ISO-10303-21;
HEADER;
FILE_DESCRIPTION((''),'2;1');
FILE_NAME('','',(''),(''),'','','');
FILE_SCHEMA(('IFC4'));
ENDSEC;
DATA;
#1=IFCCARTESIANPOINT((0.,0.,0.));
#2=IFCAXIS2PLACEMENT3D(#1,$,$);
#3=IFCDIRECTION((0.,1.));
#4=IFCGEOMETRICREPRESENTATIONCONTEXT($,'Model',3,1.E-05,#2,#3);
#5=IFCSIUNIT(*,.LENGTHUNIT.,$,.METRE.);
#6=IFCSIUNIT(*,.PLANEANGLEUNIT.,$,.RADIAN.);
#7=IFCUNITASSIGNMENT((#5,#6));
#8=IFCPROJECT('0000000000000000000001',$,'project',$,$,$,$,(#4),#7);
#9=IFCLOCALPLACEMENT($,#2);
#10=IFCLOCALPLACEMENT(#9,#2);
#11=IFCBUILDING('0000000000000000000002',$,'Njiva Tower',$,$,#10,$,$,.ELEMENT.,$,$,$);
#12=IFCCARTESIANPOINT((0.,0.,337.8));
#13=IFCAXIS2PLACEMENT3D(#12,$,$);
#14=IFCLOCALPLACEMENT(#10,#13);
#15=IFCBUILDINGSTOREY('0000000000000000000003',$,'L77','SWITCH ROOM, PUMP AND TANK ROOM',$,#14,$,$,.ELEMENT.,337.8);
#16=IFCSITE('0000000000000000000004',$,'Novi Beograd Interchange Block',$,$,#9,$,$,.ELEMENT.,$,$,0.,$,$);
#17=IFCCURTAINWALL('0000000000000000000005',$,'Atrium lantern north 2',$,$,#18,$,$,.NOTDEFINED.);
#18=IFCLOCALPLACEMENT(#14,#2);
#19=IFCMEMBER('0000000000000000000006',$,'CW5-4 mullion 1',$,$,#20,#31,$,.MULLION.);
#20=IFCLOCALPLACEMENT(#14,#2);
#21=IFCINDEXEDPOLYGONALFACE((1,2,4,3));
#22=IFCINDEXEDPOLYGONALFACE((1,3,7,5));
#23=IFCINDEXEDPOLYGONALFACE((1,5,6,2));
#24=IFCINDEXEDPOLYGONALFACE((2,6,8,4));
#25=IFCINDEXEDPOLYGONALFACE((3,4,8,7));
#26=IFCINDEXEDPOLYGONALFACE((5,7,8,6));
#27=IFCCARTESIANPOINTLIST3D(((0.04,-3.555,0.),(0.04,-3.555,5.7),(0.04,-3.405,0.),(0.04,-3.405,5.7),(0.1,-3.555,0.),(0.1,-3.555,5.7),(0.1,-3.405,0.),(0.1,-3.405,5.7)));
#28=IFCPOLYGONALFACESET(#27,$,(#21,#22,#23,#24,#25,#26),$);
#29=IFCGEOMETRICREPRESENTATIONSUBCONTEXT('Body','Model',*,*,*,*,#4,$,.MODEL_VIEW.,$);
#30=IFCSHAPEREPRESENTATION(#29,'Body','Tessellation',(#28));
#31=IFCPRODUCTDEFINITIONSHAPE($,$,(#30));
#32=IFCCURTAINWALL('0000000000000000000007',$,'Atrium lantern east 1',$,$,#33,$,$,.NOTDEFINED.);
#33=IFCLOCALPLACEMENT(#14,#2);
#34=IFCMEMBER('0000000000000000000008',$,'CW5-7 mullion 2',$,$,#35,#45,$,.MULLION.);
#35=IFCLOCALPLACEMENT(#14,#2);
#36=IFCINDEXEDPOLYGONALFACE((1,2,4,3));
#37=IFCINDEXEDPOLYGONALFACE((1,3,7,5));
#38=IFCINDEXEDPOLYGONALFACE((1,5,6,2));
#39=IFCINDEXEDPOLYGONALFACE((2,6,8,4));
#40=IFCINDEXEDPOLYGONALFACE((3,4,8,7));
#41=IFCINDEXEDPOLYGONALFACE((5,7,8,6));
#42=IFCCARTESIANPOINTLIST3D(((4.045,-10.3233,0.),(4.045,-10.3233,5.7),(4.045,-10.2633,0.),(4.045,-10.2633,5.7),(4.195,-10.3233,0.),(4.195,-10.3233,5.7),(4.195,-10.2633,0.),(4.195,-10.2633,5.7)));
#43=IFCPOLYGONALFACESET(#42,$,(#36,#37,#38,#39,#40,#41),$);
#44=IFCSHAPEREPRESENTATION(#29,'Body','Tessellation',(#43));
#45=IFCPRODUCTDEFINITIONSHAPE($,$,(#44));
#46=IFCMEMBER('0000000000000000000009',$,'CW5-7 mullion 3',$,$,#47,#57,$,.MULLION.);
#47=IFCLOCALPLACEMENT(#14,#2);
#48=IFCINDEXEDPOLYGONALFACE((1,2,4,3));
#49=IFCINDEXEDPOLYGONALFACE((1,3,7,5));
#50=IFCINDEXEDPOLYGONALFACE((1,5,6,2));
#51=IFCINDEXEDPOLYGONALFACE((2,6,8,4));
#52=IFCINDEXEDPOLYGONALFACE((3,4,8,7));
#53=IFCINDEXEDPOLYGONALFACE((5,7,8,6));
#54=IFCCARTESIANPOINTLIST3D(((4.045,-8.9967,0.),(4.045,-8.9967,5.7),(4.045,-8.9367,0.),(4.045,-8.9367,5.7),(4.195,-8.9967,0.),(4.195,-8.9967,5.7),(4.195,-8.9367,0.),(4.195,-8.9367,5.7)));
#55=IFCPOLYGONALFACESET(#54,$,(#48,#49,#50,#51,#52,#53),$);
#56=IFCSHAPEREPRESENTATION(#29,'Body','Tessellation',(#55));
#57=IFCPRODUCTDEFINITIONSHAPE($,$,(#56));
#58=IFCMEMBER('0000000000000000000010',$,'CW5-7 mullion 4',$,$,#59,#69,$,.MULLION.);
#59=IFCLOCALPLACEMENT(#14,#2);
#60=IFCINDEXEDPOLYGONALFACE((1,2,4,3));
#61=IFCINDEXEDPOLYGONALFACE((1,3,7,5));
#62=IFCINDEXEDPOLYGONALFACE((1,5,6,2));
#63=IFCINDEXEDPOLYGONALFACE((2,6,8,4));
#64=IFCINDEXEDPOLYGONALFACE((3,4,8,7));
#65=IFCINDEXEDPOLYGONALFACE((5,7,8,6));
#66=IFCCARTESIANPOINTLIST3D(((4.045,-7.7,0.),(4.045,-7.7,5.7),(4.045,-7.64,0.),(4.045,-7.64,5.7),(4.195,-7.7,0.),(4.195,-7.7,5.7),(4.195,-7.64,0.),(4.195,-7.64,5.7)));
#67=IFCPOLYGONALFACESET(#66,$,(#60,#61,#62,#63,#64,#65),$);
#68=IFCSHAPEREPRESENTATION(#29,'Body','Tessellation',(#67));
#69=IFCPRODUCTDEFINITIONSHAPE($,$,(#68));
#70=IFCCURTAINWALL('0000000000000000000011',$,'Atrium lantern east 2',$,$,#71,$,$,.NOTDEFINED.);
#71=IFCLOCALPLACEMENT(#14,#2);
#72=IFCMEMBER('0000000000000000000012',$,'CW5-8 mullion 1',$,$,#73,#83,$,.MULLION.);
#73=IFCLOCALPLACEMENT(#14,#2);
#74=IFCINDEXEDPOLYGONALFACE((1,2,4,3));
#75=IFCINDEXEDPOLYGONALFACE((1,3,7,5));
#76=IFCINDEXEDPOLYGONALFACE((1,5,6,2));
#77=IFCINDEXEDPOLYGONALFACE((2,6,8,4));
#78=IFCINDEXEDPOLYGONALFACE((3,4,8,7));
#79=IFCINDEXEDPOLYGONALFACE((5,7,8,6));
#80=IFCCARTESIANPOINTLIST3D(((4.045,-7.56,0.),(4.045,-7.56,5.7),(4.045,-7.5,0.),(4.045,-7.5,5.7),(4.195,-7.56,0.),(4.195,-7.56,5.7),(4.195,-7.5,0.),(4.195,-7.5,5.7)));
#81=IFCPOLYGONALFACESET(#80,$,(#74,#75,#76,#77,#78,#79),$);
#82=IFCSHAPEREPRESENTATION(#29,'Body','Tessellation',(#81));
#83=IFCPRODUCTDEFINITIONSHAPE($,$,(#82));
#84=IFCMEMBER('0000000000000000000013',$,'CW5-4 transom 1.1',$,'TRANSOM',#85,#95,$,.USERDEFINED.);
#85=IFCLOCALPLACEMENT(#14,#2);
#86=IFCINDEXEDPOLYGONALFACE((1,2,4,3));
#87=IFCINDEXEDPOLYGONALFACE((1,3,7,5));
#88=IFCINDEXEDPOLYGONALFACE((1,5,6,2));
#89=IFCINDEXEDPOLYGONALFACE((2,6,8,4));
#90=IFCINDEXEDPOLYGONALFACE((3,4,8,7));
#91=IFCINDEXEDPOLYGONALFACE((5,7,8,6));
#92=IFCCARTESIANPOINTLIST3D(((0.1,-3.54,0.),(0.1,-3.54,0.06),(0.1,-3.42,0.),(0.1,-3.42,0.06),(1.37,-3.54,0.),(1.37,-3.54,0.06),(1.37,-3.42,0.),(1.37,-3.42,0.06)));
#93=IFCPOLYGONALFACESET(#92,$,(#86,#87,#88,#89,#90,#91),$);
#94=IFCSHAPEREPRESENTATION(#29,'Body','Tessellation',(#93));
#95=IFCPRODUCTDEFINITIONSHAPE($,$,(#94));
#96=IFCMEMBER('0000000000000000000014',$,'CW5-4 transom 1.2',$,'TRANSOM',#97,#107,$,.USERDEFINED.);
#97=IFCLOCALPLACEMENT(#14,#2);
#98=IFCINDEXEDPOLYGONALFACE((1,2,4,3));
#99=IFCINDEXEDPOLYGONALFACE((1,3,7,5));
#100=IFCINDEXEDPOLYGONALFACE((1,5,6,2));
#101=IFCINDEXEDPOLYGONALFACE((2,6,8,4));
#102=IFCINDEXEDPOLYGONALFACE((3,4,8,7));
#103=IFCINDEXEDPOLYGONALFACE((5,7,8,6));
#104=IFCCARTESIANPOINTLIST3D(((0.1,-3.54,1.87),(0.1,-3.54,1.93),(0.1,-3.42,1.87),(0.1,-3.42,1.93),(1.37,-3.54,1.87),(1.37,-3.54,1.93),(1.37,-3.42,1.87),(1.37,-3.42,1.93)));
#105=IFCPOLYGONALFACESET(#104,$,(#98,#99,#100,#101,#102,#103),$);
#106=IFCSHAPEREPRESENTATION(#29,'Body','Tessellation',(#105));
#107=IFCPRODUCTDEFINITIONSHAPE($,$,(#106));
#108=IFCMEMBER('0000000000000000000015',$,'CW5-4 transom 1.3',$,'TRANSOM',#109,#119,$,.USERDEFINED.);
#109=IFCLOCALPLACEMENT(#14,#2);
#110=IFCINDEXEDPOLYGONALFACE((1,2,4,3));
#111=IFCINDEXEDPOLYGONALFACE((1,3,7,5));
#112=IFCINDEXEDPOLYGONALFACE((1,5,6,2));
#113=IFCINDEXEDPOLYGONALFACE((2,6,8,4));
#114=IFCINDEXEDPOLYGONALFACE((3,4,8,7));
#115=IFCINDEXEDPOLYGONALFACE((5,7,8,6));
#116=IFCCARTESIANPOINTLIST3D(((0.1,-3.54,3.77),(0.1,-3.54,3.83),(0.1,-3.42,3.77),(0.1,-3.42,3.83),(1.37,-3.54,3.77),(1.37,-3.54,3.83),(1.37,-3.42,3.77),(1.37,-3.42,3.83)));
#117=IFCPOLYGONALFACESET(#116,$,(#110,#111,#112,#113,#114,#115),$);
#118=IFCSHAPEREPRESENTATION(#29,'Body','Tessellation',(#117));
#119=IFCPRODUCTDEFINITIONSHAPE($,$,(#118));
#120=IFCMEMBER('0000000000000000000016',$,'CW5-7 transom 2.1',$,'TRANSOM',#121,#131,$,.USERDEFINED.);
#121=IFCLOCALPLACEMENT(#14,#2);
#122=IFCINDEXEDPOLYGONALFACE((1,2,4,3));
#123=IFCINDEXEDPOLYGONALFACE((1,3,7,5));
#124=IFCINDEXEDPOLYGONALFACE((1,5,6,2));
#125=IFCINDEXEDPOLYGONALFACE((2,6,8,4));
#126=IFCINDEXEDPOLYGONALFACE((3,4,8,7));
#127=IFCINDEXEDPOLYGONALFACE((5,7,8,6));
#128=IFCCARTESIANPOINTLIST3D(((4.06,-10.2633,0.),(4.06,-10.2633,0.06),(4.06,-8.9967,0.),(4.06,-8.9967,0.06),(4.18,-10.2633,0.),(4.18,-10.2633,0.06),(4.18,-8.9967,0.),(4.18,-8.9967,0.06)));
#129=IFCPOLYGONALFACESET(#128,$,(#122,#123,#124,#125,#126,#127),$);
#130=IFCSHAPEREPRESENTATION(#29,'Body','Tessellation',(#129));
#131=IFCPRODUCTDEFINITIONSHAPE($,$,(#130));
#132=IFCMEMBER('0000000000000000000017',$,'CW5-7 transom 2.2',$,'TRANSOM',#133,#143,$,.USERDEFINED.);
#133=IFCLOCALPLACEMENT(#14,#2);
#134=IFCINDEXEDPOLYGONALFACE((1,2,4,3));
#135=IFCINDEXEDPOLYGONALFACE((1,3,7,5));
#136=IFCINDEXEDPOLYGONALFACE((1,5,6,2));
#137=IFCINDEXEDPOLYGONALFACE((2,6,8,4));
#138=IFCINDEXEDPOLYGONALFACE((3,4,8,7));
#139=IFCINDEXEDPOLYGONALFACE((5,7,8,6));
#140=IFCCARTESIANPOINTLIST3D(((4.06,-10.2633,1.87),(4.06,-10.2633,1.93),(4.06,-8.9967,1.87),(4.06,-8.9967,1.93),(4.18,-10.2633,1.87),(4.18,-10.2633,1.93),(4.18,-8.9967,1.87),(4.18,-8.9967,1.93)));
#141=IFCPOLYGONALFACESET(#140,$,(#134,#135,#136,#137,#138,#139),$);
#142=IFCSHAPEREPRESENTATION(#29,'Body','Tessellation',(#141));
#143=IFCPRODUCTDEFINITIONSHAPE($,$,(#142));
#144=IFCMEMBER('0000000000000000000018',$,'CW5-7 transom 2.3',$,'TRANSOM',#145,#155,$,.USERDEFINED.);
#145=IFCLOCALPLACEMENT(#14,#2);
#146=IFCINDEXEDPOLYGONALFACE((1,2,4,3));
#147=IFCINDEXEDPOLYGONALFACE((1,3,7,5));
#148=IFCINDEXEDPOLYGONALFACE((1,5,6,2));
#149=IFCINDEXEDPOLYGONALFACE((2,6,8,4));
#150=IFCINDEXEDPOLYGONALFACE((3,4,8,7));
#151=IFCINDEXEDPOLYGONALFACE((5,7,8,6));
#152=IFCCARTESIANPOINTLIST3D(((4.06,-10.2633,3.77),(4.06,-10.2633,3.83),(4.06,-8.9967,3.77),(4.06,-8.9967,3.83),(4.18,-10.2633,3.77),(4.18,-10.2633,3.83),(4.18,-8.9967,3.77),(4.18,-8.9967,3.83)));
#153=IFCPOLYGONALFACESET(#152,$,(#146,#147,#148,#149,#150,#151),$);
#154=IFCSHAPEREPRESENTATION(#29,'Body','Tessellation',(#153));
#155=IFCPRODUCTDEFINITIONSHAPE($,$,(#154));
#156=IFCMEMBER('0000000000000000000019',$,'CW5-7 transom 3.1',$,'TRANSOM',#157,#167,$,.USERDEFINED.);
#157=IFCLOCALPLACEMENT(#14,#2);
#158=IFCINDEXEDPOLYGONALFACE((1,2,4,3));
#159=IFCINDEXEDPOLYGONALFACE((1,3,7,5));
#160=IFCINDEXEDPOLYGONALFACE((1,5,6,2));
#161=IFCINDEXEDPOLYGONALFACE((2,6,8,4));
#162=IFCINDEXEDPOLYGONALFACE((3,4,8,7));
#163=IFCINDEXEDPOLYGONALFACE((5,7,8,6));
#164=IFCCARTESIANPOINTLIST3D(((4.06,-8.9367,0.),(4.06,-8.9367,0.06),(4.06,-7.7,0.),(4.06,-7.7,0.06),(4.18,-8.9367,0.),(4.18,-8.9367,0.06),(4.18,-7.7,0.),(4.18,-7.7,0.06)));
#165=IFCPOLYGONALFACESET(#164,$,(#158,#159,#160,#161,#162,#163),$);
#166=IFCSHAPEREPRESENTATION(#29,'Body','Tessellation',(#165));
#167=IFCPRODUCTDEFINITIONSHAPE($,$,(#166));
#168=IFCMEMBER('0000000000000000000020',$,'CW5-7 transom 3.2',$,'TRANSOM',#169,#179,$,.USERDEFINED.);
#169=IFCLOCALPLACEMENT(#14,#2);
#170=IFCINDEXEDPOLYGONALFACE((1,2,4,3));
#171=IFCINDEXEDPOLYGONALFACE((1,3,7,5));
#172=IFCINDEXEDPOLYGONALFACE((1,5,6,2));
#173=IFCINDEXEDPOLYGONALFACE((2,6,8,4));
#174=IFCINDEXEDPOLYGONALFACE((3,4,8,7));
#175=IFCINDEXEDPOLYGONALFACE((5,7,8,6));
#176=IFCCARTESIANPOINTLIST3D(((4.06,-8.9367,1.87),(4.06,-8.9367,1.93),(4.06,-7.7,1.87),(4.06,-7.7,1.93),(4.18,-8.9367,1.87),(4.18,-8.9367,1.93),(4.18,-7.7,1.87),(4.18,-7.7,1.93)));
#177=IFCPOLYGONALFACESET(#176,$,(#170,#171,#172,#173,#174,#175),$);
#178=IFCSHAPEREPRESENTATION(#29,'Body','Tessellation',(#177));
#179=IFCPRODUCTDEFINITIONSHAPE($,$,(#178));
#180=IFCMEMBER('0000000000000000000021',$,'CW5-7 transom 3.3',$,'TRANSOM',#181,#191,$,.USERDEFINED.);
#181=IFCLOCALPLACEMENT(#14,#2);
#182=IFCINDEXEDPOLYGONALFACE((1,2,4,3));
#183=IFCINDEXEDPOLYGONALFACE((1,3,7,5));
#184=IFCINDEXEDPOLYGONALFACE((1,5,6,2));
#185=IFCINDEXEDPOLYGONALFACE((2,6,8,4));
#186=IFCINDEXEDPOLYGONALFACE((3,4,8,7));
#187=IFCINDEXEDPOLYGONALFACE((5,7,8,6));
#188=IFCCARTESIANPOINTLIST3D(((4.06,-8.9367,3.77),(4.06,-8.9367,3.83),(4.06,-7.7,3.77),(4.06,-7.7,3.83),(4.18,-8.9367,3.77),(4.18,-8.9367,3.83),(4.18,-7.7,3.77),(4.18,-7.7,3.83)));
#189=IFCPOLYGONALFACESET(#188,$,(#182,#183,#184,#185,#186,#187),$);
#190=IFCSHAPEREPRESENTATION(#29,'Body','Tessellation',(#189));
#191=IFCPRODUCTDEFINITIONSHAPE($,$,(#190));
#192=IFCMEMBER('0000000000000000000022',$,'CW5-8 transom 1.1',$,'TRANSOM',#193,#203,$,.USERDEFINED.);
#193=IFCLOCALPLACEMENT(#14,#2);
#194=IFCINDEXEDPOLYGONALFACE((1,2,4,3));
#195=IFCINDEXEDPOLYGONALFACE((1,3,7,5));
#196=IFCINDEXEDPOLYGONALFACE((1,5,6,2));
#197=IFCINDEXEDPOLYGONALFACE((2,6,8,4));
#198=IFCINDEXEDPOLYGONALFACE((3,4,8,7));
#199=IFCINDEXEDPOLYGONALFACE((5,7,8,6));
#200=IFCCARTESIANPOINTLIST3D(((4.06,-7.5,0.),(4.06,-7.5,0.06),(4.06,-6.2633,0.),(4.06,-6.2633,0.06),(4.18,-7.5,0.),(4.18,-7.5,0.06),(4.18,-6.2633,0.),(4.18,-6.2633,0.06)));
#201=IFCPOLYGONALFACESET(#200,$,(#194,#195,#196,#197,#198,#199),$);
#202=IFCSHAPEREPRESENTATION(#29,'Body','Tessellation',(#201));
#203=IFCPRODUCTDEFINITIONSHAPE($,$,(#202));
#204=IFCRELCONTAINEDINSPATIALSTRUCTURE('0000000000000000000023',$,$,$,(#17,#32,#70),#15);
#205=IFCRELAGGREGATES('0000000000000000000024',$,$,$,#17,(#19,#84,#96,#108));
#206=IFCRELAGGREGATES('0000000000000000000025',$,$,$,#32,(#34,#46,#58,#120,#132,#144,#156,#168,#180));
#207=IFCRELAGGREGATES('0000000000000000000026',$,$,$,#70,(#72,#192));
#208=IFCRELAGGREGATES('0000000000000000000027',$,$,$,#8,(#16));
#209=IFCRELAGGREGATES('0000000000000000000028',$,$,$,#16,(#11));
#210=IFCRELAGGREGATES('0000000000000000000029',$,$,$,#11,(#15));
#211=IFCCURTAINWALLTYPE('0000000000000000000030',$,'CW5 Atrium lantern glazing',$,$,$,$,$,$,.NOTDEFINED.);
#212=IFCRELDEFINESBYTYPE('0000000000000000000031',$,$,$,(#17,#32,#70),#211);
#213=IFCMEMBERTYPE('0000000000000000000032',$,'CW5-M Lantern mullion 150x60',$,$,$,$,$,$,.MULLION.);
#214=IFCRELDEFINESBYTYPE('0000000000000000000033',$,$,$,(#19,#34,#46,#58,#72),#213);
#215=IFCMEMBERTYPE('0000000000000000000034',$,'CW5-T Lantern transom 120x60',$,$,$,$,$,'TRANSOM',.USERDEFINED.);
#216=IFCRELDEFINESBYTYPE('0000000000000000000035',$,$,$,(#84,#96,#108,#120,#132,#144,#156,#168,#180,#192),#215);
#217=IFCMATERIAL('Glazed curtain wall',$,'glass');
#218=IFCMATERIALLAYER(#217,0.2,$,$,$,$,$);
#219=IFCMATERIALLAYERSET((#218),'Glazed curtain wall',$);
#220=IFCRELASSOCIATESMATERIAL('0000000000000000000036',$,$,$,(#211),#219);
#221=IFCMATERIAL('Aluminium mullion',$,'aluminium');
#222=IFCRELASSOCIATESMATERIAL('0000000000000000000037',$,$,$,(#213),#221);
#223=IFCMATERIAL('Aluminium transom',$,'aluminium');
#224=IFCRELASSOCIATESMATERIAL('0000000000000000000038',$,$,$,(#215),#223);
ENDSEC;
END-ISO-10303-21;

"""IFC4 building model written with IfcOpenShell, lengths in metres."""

from ifc_helpers import new_model, si_unit, direction, frame, origin, origin_2d, place, context, subcontext, project, spatial, rectangle, extrude, material, layer, layer_set, material_profile, profile_set, type_object, element, aggregate, save


model = new_model("IFC4")

# Units and contexts
model_context = context("Model", 3, precision=1e-05, world=origin(), true_north=direction((0.0, 1.0)))
body_context = subcontext(model_context, "Body", "Model", "MODEL_VIEW")
ifc_project = project(units=[si_unit("LENGTHUNIT", "METRE"), si_unit("PLANEANGLEUNIT", "RADIAN")], contexts=[model_context])

# Site, building, storey
site_placement = place(None, origin())
site = spatial("IfcSite", under=ifc_project, at=site_placement, Name="Novi Beograd Interchange Block", CompositionType="ELEMENT", RefElevation=0.0)
building_placement = place(site_placement, origin())
building = spatial("IfcBuilding", under=site, at=building_placement, Name="Njiva Tower", CompositionType="ELEMENT")
storey_placement = place(building_placement, frame((0.0, 0.0, 337.8)))
storey = spatial("IfcBuildingStorey", under=building, at=storey_placement, Name="L77", Description="SWITCH ROOM, PUMP AND TANK ROOM", CompositionType="ELEMENT", Elevation=337.8)

# Curtain wall, member
ifc_material_1 = material(Name="Glazed curtain wall", Category="glass")
ifc_layer_1 = layer(ifc_material_1, 0.2)
ifc_layer_set_1 = layer_set([ifc_layer_1], Name="Glazed curtain wall")
curtain_wall_type = type_object("IfcCurtainWallType", Name="CW5 Atrium lantern glazing", PredefinedType="NOTDEFINED", material=ifc_layer_set_1)
curtain_wall_1_placement = place(storey_placement, origin())
curtain_wall_1 = element("IfcCurtainWall", 1, at=curtain_wall_1_placement, inside=storey, type_object=curtain_wall_type, Name="Atrium lantern north 2", PredefinedType="NOTDEFINED")
ifc_material_2 = material(Name="Aluminium mullion", Category="aluminium")
ifc_material_profile_1 = material_profile(ifc_material_2, rectangle(XDim=0.15, YDim=0.06, at=origin_2d()), Name="RECT 150x60")
ifc_profile_set_1 = profile_set([ifc_material_profile_1], Name="Aluminium mullion")
member_type_1 = type_object("IfcMemberType", Name="CW5-M Lantern mullion 150x60", PredefinedType="MULLION", material=ifc_profile_set_1)
member_1_placement = place(storey_placement, frame((0.07, -3.48, 0.0), z_axis=(0.0, 0.0, 1.0), x_axis=(0.0, 1.0, 0.0)))
member_1 = element("IfcMember", 2, at=member_1_placement, type_object=member_type_1, Name="CW5-4 mullion 1", PredefinedType="MULLION", context=body_context, shape_type="SweptSolid", body=[
    extrude(rectangle(XDim=0.15, YDim=0.06, at=origin_2d()), origin(), (0.0, 0.0, 1.0), 5.7),
])

# Curtain wall, members
curtain_wall_2_placement = place(storey_placement, origin())
curtain_wall_2 = element("IfcCurtainWall", 3, at=curtain_wall_2_placement, inside=storey, type_object=curtain_wall_type, Name="Atrium lantern east 1", PredefinedType="NOTDEFINED")
member_2_placement = place(storey_placement, frame((4.12, -10.2933, 0.0), z_axis=(0.0, 0.0, 1.0), x_axis=(-1.0, 0.0, 0.0)))
member_2 = element("IfcMember", 4, at=member_2_placement, type_object=member_type_1, Name="CW5-7 mullion 2", PredefinedType="MULLION", context=body_context, shape_type="SweptSolid", body=[
    extrude(rectangle(XDim=0.15, YDim=0.06, at=origin_2d()), origin(), (0.0, 0.0, 1.0), 5.7),
])
member_3_placement = place(storey_placement, frame((4.12, -8.9667, 0.0), z_axis=(0.0, 0.0, 1.0), x_axis=(-1.0, 0.0, 0.0)))
member_3 = element("IfcMember", 5, at=member_3_placement, type_object=member_type_1, Name="CW5-7 mullion 3", PredefinedType="MULLION", context=body_context, shape_type="SweptSolid", body=[
    extrude(rectangle(XDim=0.15, YDim=0.06, at=origin_2d()), origin(), (0.0, 0.0, 1.0), 5.7),
])
member_4_placement = place(storey_placement, frame((4.12, -7.67, 0.0), z_axis=(0.0, 0.0, 1.0), x_axis=(-1.0, 0.0, 0.0)))
member_4 = element("IfcMember", 6, at=member_4_placement, type_object=member_type_1, Name="CW5-7 mullion 4", PredefinedType="MULLION", context=body_context, shape_type="SweptSolid", body=[
    extrude(rectangle(XDim=0.15, YDim=0.06, at=origin_2d()), origin(), (0.0, 0.0, 1.0), 5.7),
])

# Curtain wall, member
curtain_wall_3_placement = place(storey_placement, origin())
curtain_wall_3 = element("IfcCurtainWall", 7, at=curtain_wall_3_placement, inside=storey, type_object=curtain_wall_type, Name="Atrium lantern east 2", PredefinedType="NOTDEFINED")
member_5_placement = place(storey_placement, frame((4.12, -7.53, 0.0), z_axis=(0.0, 0.0, 1.0), x_axis=(-1.0, 0.0, 0.0)))
member_5 = element("IfcMember", 8, at=member_5_placement, type_object=member_type_1, Name="CW5-8 mullion 1", PredefinedType="MULLION", context=body_context, shape_type="SweptSolid", body=[
    extrude(rectangle(XDim=0.15, YDim=0.06, at=origin_2d()), origin(), (0.0, 0.0, 1.0), 5.7),
])

# Members
ifc_material_3 = material(Name="Aluminium transom", Category="aluminium")
ifc_material_profile_2 = material_profile(ifc_material_3, rectangle(XDim=0.12, YDim=0.06, at=origin_2d()), Name="RECT 120x60")
ifc_profile_set_2 = profile_set([ifc_material_profile_2], Name="Aluminium transom")
member_type_2 = type_object("IfcMemberType", Name="CW5-T Lantern transom 120x60", ElementType="TRANSOM", PredefinedType="USERDEFINED", material=ifc_profile_set_2)
member_6_placement = place(storey_placement, frame((0.1, -3.48, 0.03), z_axis=(1.0, 0.0, 0.0), x_axis=(0.0, 1.0, 0.0)))
member_6 = element("IfcMember", 9, at=member_6_placement, type_object=member_type_2, Name="CW5-4 transom 1.1", ObjectType="TRANSOM", PredefinedType="USERDEFINED", context=body_context, shape_type="SweptSolid", body=[
    extrude(rectangle(XDim=0.12, YDim=0.06, at=origin_2d()), origin(), (0.0, 0.0, 1.0), 1.27),
])
member_7_placement = place(storey_placement, frame((0.1, -3.48, 1.9), z_axis=(1.0, 0.0, 0.0), x_axis=(0.0, 1.0, 0.0)))
member_7 = element("IfcMember", 10, at=member_7_placement, type_object=member_type_2, Name="CW5-4 transom 1.2", ObjectType="TRANSOM", PredefinedType="USERDEFINED", context=body_context, shape_type="SweptSolid", body=[
    extrude(rectangle(XDim=0.12, YDim=0.06, at=origin_2d()), origin(), (0.0, 0.0, 1.0), 1.27),
])
member_8_placement = place(storey_placement, frame((0.1, -3.48, 3.8), z_axis=(1.0, 0.0, 0.0), x_axis=(0.0, 1.0, 0.0)))
member_8 = element("IfcMember", 11, at=member_8_placement, type_object=member_type_2, Name="CW5-4 transom 1.3", ObjectType="TRANSOM", PredefinedType="USERDEFINED", context=body_context, shape_type="SweptSolid", body=[
    extrude(rectangle(XDim=0.12, YDim=0.06, at=origin_2d()), origin(), (0.0, 0.0, 1.0), 1.27),
])
member_9_placement = place(storey_placement, frame((4.12, -10.2633, 0.03), z_axis=(0.0, 1.0, 0.0), x_axis=(-1.0, 0.0, 0.0)))
member_9 = element("IfcMember", 12, at=member_9_placement, type_object=member_type_2, Name="CW5-7 transom 2.1", ObjectType="TRANSOM", PredefinedType="USERDEFINED", context=body_context, shape_type="SweptSolid", body=[
    extrude(rectangle(XDim=0.12, YDim=0.06, at=origin_2d()), origin(), (0.0, 0.0, 1.0), 1.2666),
])
member_10_placement = place(storey_placement, frame((4.12, -10.2633, 1.9), z_axis=(0.0, 1.0, 0.0), x_axis=(-1.0, 0.0, 0.0)))
member_10 = element("IfcMember", 13, at=member_10_placement, type_object=member_type_2, Name="CW5-7 transom 2.2", ObjectType="TRANSOM", PredefinedType="USERDEFINED", context=body_context, shape_type="SweptSolid", body=[
    extrude(rectangle(XDim=0.12, YDim=0.06, at=origin_2d()), origin(), (0.0, 0.0, 1.0), 1.2666),
])
member_11_placement = place(storey_placement, frame((4.12, -10.2633, 3.8), z_axis=(0.0, 1.0, 0.0), x_axis=(-1.0, 0.0, 0.0)))
member_11 = element("IfcMember", 14, at=member_11_placement, type_object=member_type_2, Name="CW5-7 transom 2.3", ObjectType="TRANSOM", PredefinedType="USERDEFINED", context=body_context, shape_type="SweptSolid", body=[
    extrude(rectangle(XDim=0.12, YDim=0.06, at=origin_2d()), origin(), (0.0, 0.0, 1.0), 1.2666),
])
member_12_placement = place(storey_placement, frame((4.12, -8.9367, 0.03), z_axis=(0.0, 1.0, 0.0), x_axis=(-1.0, 0.0, 0.0)))
member_12 = element("IfcMember", 15, at=member_12_placement, type_object=member_type_2, Name="CW5-7 transom 3.1", ObjectType="TRANSOM", PredefinedType="USERDEFINED", context=body_context, shape_type="SweptSolid", body=[
    extrude(rectangle(XDim=0.12, YDim=0.06, at=origin_2d()), origin(), (0.0, 0.0, 1.0), 1.2367),
])
member_13_placement = place(storey_placement, frame((4.12, -8.9367, 1.9), z_axis=(0.0, 1.0, 0.0), x_axis=(-1.0, 0.0, 0.0)))
member_13 = element("IfcMember", 16, at=member_13_placement, type_object=member_type_2, Name="CW5-7 transom 3.2", ObjectType="TRANSOM", PredefinedType="USERDEFINED", context=body_context, shape_type="SweptSolid", body=[
    extrude(rectangle(XDim=0.12, YDim=0.06, at=origin_2d()), origin(), (0.0, 0.0, 1.0), 1.2367),
])
member_14_placement = place(storey_placement, frame((4.12, -8.9367, 3.8), z_axis=(0.0, 1.0, 0.0), x_axis=(-1.0, 0.0, 0.0)))
member_14 = element("IfcMember", 17, at=member_14_placement, type_object=member_type_2, Name="CW5-7 transom 3.3", ObjectType="TRANSOM", PredefinedType="USERDEFINED", context=body_context, shape_type="SweptSolid", body=[
    extrude(rectangle(XDim=0.12, YDim=0.06, at=origin_2d()), origin(), (0.0, 0.0, 1.0), 1.2367),
])
member_15_placement = place(storey_placement, frame((4.12, -7.5, 0.03), z_axis=(0.0, 1.0, 0.0), x_axis=(-1.0, 0.0, 0.0)))
member_15 = element("IfcMember", 18, at=member_15_placement, type_object=member_type_2, Name="CW5-8 transom 1.1", ObjectType="TRANSOM", PredefinedType="USERDEFINED", context=body_context, shape_type="SweptSolid", body=[
    extrude(rectangle(XDim=0.12, YDim=0.06, at=origin_2d()), origin(), (0.0, 0.0, 1.0), 1.2367),
])

aggregate(curtain_wall_1, [member_1, member_6, member_7, member_8])
aggregate(curtain_wall_2, [member_2, member_3, member_4, member_9, member_10, member_11, member_12, member_13, member_14])
aggregate(curtain_wall_3, [member_5, member_15])

save(model, "model.ifc")
